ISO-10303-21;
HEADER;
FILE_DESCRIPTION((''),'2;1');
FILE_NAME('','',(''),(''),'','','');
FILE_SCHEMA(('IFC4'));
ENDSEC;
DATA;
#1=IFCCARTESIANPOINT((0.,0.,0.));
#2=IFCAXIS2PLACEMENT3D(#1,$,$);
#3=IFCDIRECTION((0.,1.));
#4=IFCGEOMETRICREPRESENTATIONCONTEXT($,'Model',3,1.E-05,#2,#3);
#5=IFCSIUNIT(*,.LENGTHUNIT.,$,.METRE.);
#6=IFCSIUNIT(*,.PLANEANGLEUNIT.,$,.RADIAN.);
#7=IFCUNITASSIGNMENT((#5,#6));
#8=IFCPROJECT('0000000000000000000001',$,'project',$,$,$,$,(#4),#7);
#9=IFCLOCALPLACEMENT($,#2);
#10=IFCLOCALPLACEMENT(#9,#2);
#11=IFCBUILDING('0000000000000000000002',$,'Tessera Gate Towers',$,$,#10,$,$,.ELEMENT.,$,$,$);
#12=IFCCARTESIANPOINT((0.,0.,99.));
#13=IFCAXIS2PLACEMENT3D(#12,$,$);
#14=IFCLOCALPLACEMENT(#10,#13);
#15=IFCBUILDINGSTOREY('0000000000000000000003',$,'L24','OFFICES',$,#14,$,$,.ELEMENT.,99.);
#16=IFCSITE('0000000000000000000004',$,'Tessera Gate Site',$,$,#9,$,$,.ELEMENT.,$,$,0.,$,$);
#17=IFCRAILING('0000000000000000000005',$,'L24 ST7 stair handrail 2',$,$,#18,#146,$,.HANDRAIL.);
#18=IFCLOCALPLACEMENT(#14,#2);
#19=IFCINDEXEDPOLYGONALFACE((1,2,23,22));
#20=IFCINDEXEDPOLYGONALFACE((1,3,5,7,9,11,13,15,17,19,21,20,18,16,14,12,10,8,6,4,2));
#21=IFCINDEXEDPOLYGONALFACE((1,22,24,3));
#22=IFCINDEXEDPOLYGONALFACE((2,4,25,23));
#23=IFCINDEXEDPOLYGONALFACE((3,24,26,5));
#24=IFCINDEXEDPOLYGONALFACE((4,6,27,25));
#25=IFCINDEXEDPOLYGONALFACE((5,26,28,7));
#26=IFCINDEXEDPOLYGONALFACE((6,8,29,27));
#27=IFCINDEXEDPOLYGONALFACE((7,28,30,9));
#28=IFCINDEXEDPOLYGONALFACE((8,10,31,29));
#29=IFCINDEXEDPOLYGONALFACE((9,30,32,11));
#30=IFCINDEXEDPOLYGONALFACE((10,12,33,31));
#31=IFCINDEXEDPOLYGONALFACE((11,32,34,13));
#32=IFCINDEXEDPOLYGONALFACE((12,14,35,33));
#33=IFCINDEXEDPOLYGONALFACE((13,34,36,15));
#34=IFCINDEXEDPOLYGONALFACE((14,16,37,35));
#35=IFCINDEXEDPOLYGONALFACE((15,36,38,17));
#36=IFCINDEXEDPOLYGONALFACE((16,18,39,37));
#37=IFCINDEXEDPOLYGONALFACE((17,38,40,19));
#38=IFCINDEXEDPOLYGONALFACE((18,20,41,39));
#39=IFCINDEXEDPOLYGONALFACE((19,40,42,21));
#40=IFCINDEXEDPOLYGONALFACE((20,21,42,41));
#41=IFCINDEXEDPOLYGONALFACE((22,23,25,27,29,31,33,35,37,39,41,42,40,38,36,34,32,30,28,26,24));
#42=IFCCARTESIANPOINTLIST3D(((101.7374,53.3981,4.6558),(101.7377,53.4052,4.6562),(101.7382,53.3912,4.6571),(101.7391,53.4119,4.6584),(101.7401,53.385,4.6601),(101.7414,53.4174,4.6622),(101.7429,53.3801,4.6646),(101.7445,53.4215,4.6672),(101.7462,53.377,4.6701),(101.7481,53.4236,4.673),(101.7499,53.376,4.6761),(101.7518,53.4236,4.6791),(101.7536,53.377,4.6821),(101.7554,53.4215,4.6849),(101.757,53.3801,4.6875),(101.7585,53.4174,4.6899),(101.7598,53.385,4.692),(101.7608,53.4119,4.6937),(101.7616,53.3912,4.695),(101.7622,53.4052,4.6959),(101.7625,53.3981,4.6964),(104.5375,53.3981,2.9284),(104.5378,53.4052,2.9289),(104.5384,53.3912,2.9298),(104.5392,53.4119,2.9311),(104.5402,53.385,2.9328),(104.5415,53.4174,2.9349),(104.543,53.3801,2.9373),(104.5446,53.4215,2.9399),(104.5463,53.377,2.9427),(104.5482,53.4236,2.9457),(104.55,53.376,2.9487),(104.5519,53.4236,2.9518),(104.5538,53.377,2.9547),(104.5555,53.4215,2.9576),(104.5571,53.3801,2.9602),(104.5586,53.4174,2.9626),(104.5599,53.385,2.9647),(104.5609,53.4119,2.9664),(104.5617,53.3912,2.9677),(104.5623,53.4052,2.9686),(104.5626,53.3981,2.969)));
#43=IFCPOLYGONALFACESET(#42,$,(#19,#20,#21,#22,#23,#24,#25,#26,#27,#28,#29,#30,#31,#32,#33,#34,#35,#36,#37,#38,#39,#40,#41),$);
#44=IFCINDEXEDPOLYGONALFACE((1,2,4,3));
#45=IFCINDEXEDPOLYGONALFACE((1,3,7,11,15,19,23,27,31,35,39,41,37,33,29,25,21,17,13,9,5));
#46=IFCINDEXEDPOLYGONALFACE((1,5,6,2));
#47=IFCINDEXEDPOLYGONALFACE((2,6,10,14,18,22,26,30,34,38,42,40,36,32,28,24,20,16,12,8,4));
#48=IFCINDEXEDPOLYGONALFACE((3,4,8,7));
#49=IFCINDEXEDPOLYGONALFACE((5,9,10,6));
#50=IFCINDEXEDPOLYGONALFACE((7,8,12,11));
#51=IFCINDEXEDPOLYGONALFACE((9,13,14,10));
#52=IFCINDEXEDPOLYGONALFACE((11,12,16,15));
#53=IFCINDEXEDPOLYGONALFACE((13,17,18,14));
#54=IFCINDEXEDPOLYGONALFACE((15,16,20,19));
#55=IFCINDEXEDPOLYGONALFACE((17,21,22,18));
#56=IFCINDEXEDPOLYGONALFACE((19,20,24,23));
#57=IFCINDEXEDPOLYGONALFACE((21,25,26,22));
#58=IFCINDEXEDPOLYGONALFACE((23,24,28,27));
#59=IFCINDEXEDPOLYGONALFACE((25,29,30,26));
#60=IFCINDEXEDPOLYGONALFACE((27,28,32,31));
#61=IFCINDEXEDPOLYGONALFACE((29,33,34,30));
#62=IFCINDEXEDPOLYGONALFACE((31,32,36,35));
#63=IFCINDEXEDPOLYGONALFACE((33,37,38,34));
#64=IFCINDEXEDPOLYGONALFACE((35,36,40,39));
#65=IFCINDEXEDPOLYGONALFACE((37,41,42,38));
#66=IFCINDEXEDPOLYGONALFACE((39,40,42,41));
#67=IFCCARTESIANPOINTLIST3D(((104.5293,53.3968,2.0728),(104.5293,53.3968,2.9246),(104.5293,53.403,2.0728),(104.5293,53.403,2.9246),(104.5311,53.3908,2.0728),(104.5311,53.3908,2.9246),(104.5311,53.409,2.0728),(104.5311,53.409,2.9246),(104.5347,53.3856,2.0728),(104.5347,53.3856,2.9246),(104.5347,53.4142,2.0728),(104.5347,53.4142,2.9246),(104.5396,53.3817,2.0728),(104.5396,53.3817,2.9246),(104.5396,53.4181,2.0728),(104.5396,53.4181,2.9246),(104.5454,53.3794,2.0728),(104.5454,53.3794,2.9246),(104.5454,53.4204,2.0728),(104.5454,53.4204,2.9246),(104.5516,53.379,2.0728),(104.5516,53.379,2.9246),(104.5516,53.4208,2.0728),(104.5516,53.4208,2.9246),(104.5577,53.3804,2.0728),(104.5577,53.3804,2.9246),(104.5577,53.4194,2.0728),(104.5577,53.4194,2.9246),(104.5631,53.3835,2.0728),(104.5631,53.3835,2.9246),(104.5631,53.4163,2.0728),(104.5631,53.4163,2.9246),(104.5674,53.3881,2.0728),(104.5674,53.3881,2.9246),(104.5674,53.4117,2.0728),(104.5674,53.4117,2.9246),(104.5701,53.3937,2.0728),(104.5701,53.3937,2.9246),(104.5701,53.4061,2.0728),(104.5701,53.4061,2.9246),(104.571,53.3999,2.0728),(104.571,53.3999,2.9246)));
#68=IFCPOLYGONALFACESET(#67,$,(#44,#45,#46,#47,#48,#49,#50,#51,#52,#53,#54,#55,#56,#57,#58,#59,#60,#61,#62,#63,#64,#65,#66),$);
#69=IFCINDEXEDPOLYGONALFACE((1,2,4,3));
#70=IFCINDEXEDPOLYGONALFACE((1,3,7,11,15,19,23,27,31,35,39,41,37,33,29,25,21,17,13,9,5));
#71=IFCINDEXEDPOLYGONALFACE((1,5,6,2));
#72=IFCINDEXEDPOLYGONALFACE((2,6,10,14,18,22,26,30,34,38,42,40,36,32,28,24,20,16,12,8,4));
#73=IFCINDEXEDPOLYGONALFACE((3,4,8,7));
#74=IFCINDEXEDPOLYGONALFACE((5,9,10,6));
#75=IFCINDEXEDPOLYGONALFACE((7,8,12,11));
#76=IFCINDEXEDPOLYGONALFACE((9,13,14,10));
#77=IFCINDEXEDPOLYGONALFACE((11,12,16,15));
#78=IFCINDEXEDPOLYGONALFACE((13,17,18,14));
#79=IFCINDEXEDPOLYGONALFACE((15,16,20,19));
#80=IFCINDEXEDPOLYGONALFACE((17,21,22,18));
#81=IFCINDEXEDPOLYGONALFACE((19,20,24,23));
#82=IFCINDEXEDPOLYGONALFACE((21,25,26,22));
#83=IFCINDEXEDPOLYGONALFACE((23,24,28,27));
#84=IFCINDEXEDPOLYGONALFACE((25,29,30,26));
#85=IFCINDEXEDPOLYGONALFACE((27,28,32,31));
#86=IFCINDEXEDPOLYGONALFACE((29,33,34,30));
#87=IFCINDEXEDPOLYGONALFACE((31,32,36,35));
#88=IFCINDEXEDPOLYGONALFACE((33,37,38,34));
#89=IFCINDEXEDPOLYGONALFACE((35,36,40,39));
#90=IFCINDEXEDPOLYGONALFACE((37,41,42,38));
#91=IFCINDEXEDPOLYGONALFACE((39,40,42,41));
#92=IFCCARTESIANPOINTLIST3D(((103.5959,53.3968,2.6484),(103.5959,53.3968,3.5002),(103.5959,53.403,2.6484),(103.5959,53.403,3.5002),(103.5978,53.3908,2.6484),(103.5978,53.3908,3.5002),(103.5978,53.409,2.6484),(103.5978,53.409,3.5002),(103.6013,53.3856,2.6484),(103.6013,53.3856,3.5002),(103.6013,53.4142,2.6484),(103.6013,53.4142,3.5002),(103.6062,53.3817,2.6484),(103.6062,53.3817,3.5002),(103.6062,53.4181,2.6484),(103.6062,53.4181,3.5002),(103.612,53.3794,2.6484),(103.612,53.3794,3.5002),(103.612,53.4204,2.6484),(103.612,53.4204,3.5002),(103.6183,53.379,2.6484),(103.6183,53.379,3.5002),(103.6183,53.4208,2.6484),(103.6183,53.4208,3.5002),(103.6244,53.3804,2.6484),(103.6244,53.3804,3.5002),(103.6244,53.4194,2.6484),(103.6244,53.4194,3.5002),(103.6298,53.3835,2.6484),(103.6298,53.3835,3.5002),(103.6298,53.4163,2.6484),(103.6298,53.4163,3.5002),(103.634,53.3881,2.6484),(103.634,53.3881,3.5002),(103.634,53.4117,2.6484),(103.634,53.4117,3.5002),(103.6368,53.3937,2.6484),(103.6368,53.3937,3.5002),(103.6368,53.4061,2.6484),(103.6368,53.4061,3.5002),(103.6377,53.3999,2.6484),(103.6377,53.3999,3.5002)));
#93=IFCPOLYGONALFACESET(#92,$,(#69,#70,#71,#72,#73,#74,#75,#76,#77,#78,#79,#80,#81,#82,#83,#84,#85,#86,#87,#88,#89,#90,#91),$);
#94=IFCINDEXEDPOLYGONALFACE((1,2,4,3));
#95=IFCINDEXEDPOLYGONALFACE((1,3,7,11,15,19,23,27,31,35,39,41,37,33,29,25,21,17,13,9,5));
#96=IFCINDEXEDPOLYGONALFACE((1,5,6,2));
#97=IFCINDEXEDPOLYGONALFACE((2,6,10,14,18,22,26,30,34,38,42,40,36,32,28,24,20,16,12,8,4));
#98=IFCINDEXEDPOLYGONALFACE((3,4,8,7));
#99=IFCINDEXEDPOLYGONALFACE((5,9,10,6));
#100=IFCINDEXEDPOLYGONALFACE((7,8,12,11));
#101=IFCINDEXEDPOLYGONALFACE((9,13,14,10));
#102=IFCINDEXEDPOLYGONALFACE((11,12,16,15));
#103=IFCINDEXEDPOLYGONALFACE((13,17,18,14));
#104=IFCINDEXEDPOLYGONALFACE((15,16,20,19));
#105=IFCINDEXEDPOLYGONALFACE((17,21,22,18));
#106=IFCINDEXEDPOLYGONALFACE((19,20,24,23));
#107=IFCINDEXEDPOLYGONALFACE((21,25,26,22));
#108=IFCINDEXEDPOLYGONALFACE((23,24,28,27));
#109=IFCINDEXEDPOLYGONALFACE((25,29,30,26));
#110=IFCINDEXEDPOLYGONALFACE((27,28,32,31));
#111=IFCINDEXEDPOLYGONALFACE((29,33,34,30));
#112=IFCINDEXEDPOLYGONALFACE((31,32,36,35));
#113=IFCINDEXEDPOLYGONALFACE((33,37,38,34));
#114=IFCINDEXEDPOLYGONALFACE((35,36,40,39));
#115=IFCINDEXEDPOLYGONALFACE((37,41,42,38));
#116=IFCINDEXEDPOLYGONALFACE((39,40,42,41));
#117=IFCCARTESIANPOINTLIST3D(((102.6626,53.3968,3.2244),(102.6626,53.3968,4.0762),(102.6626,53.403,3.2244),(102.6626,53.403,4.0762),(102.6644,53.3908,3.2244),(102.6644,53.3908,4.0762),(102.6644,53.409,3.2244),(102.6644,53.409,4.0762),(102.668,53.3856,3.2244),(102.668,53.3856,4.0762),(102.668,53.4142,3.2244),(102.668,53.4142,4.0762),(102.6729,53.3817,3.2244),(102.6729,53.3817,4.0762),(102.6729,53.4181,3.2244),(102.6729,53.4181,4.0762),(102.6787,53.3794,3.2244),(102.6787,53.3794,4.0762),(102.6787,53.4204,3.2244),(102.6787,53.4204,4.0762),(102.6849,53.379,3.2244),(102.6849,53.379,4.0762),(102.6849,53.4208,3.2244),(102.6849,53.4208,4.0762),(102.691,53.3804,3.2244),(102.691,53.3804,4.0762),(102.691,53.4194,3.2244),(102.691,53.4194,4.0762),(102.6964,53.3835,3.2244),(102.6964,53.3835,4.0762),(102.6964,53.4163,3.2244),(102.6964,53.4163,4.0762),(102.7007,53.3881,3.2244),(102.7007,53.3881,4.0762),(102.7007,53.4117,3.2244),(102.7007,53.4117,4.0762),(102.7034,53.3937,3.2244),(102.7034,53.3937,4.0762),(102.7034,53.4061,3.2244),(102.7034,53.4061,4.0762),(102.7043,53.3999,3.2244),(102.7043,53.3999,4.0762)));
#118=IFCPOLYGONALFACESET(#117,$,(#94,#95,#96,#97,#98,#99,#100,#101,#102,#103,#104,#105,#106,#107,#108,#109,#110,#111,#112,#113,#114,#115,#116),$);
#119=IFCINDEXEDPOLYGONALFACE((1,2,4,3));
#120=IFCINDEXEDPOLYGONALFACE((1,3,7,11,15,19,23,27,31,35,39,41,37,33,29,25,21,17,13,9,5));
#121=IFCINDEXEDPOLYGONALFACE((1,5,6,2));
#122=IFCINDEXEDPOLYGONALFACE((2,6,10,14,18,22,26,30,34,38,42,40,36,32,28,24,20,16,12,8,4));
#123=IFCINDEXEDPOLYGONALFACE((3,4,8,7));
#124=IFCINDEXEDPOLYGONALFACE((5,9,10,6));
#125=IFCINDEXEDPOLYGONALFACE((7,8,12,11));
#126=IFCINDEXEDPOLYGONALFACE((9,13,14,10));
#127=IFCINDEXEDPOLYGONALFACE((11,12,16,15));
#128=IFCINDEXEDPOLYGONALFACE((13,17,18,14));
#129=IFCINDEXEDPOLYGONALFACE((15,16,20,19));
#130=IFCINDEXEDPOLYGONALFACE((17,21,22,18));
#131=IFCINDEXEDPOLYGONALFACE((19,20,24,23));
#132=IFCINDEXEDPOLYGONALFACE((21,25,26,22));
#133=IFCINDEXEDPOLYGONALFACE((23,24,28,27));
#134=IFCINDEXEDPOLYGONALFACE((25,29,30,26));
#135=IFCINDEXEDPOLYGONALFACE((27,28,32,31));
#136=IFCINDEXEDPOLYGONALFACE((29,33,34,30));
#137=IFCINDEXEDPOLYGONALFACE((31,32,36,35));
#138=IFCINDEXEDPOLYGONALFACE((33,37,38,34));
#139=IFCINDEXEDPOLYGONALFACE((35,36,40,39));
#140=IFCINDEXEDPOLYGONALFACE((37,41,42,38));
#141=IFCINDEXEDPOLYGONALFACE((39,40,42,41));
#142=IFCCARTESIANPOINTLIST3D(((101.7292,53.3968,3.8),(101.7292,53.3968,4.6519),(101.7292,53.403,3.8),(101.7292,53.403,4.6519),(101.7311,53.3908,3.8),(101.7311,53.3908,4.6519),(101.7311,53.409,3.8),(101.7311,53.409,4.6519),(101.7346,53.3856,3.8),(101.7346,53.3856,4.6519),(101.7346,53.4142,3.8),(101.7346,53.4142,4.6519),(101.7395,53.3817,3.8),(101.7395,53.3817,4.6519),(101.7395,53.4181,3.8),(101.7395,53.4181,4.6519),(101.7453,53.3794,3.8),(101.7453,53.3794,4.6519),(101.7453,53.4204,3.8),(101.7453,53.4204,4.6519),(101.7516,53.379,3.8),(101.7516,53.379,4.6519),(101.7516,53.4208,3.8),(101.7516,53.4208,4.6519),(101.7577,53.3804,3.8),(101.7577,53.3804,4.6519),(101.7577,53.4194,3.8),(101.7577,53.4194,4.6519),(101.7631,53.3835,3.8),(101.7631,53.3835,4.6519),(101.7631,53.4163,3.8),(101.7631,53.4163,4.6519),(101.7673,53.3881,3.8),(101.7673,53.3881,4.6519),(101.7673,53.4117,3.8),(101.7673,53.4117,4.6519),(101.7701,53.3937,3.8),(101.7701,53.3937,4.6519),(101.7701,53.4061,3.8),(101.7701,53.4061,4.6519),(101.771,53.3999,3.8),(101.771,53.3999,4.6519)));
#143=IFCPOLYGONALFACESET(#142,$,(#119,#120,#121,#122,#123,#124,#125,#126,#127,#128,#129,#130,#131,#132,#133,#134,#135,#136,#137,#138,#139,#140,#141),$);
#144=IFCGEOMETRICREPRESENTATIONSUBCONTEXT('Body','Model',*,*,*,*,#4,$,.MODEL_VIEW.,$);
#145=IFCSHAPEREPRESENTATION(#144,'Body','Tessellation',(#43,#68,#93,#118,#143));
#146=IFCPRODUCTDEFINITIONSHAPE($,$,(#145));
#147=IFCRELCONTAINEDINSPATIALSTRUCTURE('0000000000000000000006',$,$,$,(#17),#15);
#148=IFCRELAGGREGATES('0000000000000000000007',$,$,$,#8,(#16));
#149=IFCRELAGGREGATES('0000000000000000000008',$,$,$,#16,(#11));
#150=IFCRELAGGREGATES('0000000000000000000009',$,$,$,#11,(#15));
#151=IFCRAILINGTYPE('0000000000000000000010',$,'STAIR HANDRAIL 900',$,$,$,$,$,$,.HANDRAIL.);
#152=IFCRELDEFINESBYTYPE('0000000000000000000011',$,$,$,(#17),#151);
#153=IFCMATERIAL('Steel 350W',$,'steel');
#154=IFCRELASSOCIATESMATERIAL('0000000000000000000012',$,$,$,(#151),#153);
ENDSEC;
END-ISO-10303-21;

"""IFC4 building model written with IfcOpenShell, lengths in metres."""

from ifc_helpers import new_model, si_unit, direction, frame, origin, origin_2d, place, context, subcontext, project, spatial, circle, extrude, material, type_object, element, save


model = new_model("IFC4")

# Units and contexts
model_context = context("Model", 3, precision=1e-05, world=origin(), true_north=direction((0.0, 1.0)))
body_context = subcontext(model_context, "Body", "Model", "MODEL_VIEW")
ifc_project = project(units=[si_unit("LENGTHUNIT", "METRE"), si_unit("PLANEANGLEUNIT", "RADIAN")], contexts=[model_context])

# Site, building, storey
site_placement = place(None, origin())
site = spatial("IfcSite", under=ifc_project, at=site_placement, Name="Tessera Gate Site", CompositionType="ELEMENT", RefElevation=0.0)
building_placement = place(site_placement, origin())
building = spatial("IfcBuilding", under=site, at=building_placement, Name="Tessera Gate Towers", CompositionType="ELEMENT")
storey_placement = place(building_placement, frame((0.0, 0.0, 99.0)))
storey = spatial("IfcBuildingStorey", under=building, at=storey_placement, Name="L24", Description="OFFICES", CompositionType="ELEMENT", Elevation=99.0)

# Railing
ifc_material_1 = material(Name="Steel 350W", Category="steel")
railing_type_1 = type_object("IfcRailingType", Name="STAIR HANDRAIL 900", PredefinedType="HANDRAIL", material=ifc_material_1)
railing_1_placement = place(storey_placement, frame((104.55, 53.3999, 2.0728)))
element("IfcRailing", 1, at=railing_1_placement, inside=storey, type_object=railing_type_1, Name="L24 ST7 stair handrail 2", PredefinedType="HANDRAIL", context=body_context, shape_type="SweptSolid", body=[
    extrude(circle(Radius=0.0239, at=origin_2d()), frame((0.0, 0.0, 0.876), z_axis=(-0.85109, 0.0, 0.52502), x_axis=(0.0, -1.0, 0.0)), (0.0, 0.0, 1.0), 3.29),
    extrude(circle(Radius=0.021, at=origin_2d()), origin(), (0.0, 0.0, 1.0), 0.8518),
    extrude(circle(Radius=0.021, at=origin_2d()), frame((-0.9333, 0.0, 0.5757)), (0.0, 0.0, 1.0), 0.8518),
    extrude(circle(Radius=0.021, at=origin_2d()), frame((-1.8667, 0.0, 1.1516)), (0.0, 0.0, 1.0), 0.8518),
    extrude(circle(Radius=0.021, at=origin_2d()), frame((-2.8, 0.0, 1.7273)), (0.0, 0.0, 1.0), 0.8518),
])

save(model, "model.ifc")
